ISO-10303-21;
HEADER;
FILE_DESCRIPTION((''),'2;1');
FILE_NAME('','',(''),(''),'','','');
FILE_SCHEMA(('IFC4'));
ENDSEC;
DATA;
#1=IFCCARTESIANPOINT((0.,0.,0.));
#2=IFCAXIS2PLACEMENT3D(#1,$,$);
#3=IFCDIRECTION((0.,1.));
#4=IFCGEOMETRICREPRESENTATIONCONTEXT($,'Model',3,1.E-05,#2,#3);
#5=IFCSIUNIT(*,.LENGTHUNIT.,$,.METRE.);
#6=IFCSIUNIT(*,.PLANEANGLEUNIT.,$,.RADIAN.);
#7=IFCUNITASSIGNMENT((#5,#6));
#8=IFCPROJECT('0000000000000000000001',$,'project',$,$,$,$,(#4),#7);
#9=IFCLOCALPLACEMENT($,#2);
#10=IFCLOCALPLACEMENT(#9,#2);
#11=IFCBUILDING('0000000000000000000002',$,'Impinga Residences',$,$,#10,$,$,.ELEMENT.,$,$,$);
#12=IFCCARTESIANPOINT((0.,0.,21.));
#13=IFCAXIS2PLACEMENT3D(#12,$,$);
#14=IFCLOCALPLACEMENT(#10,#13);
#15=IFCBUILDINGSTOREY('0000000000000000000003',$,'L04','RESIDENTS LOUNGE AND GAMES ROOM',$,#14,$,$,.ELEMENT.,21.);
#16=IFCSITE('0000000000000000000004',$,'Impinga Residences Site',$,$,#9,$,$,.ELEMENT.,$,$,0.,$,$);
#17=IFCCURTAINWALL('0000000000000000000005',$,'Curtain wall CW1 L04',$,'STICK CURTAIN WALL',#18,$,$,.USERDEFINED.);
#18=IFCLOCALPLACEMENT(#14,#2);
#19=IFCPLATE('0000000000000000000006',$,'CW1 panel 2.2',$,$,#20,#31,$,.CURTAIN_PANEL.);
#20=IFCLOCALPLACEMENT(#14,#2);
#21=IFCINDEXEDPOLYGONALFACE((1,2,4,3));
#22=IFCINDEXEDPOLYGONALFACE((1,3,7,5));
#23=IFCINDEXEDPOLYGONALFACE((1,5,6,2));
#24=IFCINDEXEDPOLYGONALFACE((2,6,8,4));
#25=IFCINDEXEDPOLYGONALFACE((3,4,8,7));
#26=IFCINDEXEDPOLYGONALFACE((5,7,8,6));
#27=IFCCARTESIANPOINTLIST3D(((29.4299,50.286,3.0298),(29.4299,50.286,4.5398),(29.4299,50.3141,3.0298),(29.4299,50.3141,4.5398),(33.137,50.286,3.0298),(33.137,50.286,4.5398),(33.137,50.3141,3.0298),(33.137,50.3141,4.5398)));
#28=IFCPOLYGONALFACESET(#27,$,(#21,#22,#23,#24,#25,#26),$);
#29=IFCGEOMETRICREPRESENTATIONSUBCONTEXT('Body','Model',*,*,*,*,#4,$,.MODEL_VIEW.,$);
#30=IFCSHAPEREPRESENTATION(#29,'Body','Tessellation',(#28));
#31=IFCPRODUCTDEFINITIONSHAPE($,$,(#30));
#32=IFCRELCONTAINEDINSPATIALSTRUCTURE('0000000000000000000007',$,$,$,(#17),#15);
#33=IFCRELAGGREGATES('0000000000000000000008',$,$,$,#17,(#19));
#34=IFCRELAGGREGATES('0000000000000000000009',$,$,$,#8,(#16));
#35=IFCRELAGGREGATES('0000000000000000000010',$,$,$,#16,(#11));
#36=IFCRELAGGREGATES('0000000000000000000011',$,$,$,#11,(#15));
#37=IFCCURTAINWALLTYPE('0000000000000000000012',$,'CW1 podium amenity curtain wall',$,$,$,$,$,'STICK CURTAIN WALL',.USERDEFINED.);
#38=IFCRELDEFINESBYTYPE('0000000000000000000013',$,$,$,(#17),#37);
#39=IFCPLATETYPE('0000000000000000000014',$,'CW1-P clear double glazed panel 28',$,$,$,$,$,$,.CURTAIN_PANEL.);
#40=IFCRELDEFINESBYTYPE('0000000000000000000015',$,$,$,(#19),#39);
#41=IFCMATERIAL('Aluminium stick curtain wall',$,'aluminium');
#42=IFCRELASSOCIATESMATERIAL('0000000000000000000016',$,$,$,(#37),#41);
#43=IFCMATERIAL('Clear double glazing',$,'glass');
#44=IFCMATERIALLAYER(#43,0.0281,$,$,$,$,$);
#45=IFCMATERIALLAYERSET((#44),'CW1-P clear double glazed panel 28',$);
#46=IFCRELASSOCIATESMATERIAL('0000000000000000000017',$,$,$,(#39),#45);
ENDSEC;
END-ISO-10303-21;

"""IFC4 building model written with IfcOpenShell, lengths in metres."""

from ifc_helpers import new_model, si_unit, direction, frame, origin, origin_2d, place, context, subcontext, project, spatial, rectangle, extrude, material, layer, layer_set, type_object, element, aggregate, save


model = new_model("IFC4")

# Units and contexts
model_context = context("Model", 3, precision=1e-05, world=origin(), true_north=direction((0.0, 1.0)))
body_context = subcontext(model_context, "Body", "Model", "MODEL_VIEW")
ifc_project = project(units=[si_unit("LENGTHUNIT", "METRE"), si_unit("PLANEANGLEUNIT", "RADIAN")], contexts=[model_context])

# Site, building, storey
site_placement = place(None, origin())
site = spatial("IfcSite", under=ifc_project, at=site_placement, Name="Impinga Residences Site", CompositionType="ELEMENT", RefElevation=0.0)
building_placement = place(site_placement, origin())
building = spatial("IfcBuilding", under=site, at=building_placement, Name="Impinga Residences", CompositionType="ELEMENT")
storey_placement = place(building_placement, frame((0.0, 0.0, 21.0)))
storey = spatial("IfcBuildingStorey", under=building, at=storey_placement, Name="L04", Description="RESIDENTS LOUNGE AND GAMES ROOM", CompositionType="ELEMENT", Elevation=21.0)

# Curtain wall
ifc_material_1 = material(Name="Aluminium stick curtain wall", Category="aluminium")
curtain_wall_type = type_object("IfcCurtainWallType", Name="CW1 podium amenity curtain wall", ElementType="STICK CURTAIN WALL", PredefinedType="USERDEFINED", material=ifc_material_1)
curtain_wall_1_placement = place(storey_placement, origin())
curtain_wall_1 = element("IfcCurtainWall", 1, at=curtain_wall_1_placement, inside=storey, type_object=curtain_wall_type, Name="Curtain wall CW1 L04", ObjectType="STICK CURTAIN WALL", PredefinedType="USERDEFINED")

# Plate
ifc_material_2 = material(Name="Clear double glazing", Category="glass")
ifc_layer = layer(ifc_material_2, 0.0281)
ifc_layer_set = layer_set([ifc_layer], Name="CW1-P clear double glazed panel 28")
plate_type = type_object("IfcPlateType", Name="CW1-P clear double glazed panel 28", PredefinedType="CURTAIN_PANEL", material=ifc_layer_set)
plate_1_placement = place(storey_placement, frame((31.2834, 50.3, 3.0298), z_axis=(0.0, 0.0, 1.0), x_axis=(1.0, 0.0, 0.0)))
plate_1 = element("IfcPlate", 2, at=plate_1_placement, type_object=plate_type, Name="CW1 panel 2.2", PredefinedType="CURTAIN_PANEL", context=body_context, shape_type="SweptSolid", body=[
    extrude(rectangle(XDim=3.707, YDim=0.0281, at=origin_2d()), origin(), (0.0, 0.0, 1.0), 1.51),
])
aggregate(curtain_wall_1, [plate_1])

save(model, "model.ifc")
